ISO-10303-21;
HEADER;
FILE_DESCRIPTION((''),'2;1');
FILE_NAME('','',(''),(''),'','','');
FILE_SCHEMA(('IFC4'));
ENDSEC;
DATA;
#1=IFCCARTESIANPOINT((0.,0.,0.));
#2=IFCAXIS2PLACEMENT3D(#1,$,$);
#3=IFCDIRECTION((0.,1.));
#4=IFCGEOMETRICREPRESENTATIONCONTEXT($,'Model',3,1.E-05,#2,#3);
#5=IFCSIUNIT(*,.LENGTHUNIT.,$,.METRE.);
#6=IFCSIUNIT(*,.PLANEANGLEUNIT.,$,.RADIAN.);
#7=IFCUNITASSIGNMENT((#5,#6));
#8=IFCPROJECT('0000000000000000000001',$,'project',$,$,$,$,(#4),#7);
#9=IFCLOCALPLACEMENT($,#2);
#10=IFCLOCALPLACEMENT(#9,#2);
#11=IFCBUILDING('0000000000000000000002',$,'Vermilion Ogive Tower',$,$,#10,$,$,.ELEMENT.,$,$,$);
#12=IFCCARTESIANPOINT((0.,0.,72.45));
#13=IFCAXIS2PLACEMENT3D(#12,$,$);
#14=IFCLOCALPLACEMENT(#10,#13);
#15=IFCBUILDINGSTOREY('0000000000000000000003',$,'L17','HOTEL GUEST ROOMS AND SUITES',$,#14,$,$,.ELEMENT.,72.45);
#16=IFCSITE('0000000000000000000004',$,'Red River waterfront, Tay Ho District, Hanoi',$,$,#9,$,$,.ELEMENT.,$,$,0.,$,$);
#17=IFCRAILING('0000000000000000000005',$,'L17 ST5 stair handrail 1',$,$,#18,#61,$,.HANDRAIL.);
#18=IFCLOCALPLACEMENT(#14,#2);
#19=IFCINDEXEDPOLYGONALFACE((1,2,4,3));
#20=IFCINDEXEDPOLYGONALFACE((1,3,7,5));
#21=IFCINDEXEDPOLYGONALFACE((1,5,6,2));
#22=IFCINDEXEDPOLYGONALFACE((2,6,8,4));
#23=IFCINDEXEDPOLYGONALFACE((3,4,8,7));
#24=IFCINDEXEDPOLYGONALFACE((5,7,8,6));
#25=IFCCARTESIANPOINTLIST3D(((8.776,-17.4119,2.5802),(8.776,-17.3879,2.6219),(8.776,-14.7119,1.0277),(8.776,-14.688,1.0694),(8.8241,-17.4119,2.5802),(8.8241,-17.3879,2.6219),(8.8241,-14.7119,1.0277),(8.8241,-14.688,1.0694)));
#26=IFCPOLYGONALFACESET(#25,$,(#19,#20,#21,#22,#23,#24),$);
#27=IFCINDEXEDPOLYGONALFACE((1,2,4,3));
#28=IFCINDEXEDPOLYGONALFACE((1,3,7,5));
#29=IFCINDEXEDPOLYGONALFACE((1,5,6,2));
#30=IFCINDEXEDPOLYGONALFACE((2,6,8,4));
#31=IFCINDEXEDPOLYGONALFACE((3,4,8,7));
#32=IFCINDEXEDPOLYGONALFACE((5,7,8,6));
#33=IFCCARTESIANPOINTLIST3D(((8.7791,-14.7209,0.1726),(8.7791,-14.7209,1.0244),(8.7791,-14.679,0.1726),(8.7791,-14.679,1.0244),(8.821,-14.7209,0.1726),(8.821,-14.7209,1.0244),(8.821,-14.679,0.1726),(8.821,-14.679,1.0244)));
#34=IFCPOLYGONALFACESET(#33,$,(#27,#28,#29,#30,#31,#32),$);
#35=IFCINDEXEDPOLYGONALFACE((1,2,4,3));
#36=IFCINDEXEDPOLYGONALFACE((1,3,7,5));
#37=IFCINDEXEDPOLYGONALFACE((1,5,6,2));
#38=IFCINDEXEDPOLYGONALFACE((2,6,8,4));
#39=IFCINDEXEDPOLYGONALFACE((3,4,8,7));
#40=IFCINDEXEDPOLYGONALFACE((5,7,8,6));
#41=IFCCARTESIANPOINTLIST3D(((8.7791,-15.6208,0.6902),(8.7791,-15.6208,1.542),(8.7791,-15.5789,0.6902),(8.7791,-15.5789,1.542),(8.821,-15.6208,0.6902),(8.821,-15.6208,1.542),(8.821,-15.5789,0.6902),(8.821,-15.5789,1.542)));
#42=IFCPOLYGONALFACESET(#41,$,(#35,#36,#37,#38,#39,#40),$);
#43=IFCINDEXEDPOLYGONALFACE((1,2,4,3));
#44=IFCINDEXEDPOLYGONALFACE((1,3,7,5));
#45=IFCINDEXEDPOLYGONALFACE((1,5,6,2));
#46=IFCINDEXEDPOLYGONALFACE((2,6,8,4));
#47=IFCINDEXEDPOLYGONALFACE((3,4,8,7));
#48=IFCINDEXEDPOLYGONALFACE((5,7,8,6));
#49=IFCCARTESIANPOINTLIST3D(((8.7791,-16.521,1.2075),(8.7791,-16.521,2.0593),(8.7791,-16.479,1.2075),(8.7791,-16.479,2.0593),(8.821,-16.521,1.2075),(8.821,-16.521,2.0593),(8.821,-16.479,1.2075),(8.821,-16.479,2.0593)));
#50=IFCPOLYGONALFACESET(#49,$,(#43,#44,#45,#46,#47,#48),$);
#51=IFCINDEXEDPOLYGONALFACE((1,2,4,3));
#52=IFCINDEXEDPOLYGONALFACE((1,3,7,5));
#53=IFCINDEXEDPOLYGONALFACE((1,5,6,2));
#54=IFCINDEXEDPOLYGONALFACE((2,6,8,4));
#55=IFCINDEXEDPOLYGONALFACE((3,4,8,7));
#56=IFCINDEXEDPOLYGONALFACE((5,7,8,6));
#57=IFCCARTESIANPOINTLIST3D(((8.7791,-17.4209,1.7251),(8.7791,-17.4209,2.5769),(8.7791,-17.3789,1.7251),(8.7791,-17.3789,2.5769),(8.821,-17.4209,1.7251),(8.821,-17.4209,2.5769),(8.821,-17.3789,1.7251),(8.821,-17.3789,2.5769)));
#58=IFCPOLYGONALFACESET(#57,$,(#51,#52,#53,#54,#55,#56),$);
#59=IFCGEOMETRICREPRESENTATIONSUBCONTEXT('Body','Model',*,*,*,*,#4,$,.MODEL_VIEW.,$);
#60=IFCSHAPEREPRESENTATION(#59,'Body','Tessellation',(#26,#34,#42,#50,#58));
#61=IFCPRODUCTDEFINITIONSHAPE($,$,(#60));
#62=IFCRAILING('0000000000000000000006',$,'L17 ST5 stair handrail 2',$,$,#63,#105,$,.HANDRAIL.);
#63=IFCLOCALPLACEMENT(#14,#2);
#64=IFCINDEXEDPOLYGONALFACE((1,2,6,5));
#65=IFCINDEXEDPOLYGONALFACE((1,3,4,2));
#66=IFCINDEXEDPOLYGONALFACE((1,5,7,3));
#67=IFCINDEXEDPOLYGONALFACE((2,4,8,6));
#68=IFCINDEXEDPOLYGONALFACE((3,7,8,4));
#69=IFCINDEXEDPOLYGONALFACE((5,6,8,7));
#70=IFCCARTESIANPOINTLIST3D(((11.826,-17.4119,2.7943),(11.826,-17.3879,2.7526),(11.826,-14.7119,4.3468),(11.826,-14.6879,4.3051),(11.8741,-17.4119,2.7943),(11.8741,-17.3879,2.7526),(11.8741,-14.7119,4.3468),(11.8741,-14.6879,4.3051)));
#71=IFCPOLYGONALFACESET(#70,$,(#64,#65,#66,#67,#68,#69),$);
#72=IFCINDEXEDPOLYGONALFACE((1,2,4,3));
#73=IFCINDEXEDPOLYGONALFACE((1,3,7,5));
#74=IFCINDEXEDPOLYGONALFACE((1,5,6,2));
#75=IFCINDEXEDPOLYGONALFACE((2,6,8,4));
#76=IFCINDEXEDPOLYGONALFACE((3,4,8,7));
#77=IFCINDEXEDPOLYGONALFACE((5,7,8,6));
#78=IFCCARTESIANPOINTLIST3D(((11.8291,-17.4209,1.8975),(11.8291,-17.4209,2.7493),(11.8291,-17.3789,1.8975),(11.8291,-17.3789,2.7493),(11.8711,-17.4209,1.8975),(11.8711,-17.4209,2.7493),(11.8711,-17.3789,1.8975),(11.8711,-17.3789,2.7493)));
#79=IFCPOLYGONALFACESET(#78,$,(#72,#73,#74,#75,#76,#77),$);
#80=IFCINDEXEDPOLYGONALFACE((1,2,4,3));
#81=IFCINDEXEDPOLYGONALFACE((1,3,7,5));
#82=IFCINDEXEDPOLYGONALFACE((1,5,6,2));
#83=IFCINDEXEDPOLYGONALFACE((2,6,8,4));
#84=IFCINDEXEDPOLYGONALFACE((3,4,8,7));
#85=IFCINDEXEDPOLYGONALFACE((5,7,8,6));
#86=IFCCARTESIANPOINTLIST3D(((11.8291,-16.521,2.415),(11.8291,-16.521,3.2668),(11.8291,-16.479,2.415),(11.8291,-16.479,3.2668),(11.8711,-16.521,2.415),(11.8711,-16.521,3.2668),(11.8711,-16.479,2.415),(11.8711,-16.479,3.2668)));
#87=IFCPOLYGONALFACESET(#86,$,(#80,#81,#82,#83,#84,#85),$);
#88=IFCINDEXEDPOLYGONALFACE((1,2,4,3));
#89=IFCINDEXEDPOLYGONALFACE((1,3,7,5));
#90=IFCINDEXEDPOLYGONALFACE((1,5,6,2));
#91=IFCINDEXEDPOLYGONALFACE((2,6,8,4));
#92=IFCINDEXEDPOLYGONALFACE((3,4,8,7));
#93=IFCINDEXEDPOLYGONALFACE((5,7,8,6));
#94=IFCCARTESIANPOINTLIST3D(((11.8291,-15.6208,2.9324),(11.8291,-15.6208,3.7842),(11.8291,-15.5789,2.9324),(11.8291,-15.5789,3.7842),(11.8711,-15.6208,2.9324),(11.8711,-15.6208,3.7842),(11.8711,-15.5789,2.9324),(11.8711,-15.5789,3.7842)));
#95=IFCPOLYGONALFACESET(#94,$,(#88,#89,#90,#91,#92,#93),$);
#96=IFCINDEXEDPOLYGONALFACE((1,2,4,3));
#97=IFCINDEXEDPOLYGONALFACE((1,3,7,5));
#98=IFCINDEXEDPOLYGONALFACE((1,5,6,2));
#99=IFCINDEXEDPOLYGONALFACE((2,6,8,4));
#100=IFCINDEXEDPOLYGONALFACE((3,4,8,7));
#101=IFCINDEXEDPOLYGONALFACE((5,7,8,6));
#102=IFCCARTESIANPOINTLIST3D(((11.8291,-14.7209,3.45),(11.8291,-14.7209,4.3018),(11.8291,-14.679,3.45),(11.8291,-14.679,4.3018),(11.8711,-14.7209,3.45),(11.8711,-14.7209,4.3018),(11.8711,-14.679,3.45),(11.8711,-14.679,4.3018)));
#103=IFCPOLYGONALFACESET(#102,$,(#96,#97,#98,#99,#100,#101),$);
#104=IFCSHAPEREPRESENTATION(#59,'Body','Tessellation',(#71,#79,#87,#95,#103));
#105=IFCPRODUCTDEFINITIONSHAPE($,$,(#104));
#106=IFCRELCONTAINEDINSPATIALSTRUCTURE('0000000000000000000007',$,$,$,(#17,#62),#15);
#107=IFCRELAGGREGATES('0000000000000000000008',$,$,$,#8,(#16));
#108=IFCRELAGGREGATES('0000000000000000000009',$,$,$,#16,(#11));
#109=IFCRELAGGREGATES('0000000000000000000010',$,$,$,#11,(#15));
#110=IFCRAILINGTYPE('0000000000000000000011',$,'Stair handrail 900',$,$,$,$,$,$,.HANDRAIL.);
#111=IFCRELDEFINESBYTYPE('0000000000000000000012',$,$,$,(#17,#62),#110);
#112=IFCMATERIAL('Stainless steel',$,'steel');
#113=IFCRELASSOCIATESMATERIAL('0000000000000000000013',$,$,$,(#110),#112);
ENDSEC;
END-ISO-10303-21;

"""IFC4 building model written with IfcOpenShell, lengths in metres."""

from ifc_helpers import new_model, si_unit, direction, frame, origin, origin_2d, place, context, subcontext, project, spatial, rectangle, extrude, material, type_object, element, save


model = new_model("IFC4")

# Units and contexts
model_context = context("Model", 3, precision=1e-05, world=origin(), true_north=direction((0.0, 1.0)))
body_context = subcontext(model_context, "Body", "Model", "MODEL_VIEW")
ifc_project = project(units=[si_unit("LENGTHUNIT", "METRE"), si_unit("PLANEANGLEUNIT", "RADIAN")], contexts=[model_context])

# Site, building, storey
site_placement = place(None, origin())
site = spatial("IfcSite", under=ifc_project, at=site_placement, Name="Red River waterfront, Tay Ho District, Hanoi", CompositionType="ELEMENT", RefElevation=0.0)
building_placement = place(site_placement, origin())
building = spatial("IfcBuilding", under=site, at=building_placement, Name="Vermilion Ogive Tower", CompositionType="ELEMENT")
storey_placement = place(building_placement, frame((0.0, 0.0, 72.45)))
storey = spatial("IfcBuildingStorey", under=building, at=storey_placement, Name="L17", Description="HOTEL GUEST ROOMS AND SUITES", CompositionType="ELEMENT", Elevation=72.45)

# Railings
ifc_material_1 = material(Name="Stainless steel", Category="steel")
railing_type_1 = type_object("IfcRailingType", Name="Stair handrail 900", PredefinedType="HANDRAIL", material=ifc_material_1)
railing_1_placement = place(storey_placement, frame((8.8, -14.7, 0.1726)))
element("IfcRailing", 1, at=railing_1_placement, inside=storey, type_object=railing_type_1, Name="L17 ST5 stair handrail 1", PredefinedType="HANDRAIL", context=body_context, shape_type="SweptSolid", body=[
    extrude(rectangle(XDim=0.0481, YDim=0.0481, at=origin_2d()), frame((0.0, 0.0, 0.876), z_axis=(0.0, -0.866904, 0.498476), x_axis=(1.0, 0.0, 0.0)), (0.0, 0.0, 1.0), 3.1145),
    extrude(rectangle(XDim=0.042, YDim=0.042, at=origin_2d()), origin(), (0.0, 0.0, 1.0), 0.8518),
    extrude(rectangle(XDim=0.042, YDim=0.042, at=origin_2d()), frame((0.0, -0.8999, 0.5176)), (0.0, 0.0, 1.0), 0.8518),
    extrude(rectangle(XDim=0.042, YDim=0.042, at=origin_2d()), frame((0.0, -1.8, 1.0349)), (0.0, 0.0, 1.0), 0.8518),
    extrude(rectangle(XDim=0.042, YDim=0.042, at=origin_2d()), frame((0.0, -2.7, 1.5525)), (0.0, 0.0, 1.0), 0.8518),
])
railing_2_placement = place(storey_placement, frame((11.8501, -17.3999, 1.8975)))
element("IfcRailing", 2, at=railing_2_placement, inside=storey, type_object=railing_type_1, Name="L17 ST5 stair handrail 2", PredefinedType="HANDRAIL", context=body_context, shape_type="SweptSolid", body=[
    extrude(rectangle(XDim=0.0481, YDim=0.0481, at=origin_2d()), frame((0.0, 0.0, 0.876), z_axis=(0.0, 0.866904, 0.498476), x_axis=(-1.0, 0.0, 0.0)), (0.0, 0.0, 1.0), 3.1145),
    extrude(rectangle(XDim=0.042, YDim=0.042, at=origin_2d()), origin(), (0.0, 0.0, 1.0), 0.8518),
    extrude(rectangle(XDim=0.042, YDim=0.042, at=origin_2d()), frame((0.0, 0.8999, 0.5176)), (0.0, 0.0, 1.0), 0.8518),
    extrude(rectangle(XDim=0.042, YDim=0.042, at=origin_2d()), frame((0.0, 1.8, 1.0349)), (0.0, 0.0, 1.0), 0.8518),
    extrude(rectangle(XDim=0.042, YDim=0.042, at=origin_2d()), frame((0.0, 2.7, 1.5525)), (0.0, 0.0, 1.0), 0.8518),
])

save(model, "model.ifc")
